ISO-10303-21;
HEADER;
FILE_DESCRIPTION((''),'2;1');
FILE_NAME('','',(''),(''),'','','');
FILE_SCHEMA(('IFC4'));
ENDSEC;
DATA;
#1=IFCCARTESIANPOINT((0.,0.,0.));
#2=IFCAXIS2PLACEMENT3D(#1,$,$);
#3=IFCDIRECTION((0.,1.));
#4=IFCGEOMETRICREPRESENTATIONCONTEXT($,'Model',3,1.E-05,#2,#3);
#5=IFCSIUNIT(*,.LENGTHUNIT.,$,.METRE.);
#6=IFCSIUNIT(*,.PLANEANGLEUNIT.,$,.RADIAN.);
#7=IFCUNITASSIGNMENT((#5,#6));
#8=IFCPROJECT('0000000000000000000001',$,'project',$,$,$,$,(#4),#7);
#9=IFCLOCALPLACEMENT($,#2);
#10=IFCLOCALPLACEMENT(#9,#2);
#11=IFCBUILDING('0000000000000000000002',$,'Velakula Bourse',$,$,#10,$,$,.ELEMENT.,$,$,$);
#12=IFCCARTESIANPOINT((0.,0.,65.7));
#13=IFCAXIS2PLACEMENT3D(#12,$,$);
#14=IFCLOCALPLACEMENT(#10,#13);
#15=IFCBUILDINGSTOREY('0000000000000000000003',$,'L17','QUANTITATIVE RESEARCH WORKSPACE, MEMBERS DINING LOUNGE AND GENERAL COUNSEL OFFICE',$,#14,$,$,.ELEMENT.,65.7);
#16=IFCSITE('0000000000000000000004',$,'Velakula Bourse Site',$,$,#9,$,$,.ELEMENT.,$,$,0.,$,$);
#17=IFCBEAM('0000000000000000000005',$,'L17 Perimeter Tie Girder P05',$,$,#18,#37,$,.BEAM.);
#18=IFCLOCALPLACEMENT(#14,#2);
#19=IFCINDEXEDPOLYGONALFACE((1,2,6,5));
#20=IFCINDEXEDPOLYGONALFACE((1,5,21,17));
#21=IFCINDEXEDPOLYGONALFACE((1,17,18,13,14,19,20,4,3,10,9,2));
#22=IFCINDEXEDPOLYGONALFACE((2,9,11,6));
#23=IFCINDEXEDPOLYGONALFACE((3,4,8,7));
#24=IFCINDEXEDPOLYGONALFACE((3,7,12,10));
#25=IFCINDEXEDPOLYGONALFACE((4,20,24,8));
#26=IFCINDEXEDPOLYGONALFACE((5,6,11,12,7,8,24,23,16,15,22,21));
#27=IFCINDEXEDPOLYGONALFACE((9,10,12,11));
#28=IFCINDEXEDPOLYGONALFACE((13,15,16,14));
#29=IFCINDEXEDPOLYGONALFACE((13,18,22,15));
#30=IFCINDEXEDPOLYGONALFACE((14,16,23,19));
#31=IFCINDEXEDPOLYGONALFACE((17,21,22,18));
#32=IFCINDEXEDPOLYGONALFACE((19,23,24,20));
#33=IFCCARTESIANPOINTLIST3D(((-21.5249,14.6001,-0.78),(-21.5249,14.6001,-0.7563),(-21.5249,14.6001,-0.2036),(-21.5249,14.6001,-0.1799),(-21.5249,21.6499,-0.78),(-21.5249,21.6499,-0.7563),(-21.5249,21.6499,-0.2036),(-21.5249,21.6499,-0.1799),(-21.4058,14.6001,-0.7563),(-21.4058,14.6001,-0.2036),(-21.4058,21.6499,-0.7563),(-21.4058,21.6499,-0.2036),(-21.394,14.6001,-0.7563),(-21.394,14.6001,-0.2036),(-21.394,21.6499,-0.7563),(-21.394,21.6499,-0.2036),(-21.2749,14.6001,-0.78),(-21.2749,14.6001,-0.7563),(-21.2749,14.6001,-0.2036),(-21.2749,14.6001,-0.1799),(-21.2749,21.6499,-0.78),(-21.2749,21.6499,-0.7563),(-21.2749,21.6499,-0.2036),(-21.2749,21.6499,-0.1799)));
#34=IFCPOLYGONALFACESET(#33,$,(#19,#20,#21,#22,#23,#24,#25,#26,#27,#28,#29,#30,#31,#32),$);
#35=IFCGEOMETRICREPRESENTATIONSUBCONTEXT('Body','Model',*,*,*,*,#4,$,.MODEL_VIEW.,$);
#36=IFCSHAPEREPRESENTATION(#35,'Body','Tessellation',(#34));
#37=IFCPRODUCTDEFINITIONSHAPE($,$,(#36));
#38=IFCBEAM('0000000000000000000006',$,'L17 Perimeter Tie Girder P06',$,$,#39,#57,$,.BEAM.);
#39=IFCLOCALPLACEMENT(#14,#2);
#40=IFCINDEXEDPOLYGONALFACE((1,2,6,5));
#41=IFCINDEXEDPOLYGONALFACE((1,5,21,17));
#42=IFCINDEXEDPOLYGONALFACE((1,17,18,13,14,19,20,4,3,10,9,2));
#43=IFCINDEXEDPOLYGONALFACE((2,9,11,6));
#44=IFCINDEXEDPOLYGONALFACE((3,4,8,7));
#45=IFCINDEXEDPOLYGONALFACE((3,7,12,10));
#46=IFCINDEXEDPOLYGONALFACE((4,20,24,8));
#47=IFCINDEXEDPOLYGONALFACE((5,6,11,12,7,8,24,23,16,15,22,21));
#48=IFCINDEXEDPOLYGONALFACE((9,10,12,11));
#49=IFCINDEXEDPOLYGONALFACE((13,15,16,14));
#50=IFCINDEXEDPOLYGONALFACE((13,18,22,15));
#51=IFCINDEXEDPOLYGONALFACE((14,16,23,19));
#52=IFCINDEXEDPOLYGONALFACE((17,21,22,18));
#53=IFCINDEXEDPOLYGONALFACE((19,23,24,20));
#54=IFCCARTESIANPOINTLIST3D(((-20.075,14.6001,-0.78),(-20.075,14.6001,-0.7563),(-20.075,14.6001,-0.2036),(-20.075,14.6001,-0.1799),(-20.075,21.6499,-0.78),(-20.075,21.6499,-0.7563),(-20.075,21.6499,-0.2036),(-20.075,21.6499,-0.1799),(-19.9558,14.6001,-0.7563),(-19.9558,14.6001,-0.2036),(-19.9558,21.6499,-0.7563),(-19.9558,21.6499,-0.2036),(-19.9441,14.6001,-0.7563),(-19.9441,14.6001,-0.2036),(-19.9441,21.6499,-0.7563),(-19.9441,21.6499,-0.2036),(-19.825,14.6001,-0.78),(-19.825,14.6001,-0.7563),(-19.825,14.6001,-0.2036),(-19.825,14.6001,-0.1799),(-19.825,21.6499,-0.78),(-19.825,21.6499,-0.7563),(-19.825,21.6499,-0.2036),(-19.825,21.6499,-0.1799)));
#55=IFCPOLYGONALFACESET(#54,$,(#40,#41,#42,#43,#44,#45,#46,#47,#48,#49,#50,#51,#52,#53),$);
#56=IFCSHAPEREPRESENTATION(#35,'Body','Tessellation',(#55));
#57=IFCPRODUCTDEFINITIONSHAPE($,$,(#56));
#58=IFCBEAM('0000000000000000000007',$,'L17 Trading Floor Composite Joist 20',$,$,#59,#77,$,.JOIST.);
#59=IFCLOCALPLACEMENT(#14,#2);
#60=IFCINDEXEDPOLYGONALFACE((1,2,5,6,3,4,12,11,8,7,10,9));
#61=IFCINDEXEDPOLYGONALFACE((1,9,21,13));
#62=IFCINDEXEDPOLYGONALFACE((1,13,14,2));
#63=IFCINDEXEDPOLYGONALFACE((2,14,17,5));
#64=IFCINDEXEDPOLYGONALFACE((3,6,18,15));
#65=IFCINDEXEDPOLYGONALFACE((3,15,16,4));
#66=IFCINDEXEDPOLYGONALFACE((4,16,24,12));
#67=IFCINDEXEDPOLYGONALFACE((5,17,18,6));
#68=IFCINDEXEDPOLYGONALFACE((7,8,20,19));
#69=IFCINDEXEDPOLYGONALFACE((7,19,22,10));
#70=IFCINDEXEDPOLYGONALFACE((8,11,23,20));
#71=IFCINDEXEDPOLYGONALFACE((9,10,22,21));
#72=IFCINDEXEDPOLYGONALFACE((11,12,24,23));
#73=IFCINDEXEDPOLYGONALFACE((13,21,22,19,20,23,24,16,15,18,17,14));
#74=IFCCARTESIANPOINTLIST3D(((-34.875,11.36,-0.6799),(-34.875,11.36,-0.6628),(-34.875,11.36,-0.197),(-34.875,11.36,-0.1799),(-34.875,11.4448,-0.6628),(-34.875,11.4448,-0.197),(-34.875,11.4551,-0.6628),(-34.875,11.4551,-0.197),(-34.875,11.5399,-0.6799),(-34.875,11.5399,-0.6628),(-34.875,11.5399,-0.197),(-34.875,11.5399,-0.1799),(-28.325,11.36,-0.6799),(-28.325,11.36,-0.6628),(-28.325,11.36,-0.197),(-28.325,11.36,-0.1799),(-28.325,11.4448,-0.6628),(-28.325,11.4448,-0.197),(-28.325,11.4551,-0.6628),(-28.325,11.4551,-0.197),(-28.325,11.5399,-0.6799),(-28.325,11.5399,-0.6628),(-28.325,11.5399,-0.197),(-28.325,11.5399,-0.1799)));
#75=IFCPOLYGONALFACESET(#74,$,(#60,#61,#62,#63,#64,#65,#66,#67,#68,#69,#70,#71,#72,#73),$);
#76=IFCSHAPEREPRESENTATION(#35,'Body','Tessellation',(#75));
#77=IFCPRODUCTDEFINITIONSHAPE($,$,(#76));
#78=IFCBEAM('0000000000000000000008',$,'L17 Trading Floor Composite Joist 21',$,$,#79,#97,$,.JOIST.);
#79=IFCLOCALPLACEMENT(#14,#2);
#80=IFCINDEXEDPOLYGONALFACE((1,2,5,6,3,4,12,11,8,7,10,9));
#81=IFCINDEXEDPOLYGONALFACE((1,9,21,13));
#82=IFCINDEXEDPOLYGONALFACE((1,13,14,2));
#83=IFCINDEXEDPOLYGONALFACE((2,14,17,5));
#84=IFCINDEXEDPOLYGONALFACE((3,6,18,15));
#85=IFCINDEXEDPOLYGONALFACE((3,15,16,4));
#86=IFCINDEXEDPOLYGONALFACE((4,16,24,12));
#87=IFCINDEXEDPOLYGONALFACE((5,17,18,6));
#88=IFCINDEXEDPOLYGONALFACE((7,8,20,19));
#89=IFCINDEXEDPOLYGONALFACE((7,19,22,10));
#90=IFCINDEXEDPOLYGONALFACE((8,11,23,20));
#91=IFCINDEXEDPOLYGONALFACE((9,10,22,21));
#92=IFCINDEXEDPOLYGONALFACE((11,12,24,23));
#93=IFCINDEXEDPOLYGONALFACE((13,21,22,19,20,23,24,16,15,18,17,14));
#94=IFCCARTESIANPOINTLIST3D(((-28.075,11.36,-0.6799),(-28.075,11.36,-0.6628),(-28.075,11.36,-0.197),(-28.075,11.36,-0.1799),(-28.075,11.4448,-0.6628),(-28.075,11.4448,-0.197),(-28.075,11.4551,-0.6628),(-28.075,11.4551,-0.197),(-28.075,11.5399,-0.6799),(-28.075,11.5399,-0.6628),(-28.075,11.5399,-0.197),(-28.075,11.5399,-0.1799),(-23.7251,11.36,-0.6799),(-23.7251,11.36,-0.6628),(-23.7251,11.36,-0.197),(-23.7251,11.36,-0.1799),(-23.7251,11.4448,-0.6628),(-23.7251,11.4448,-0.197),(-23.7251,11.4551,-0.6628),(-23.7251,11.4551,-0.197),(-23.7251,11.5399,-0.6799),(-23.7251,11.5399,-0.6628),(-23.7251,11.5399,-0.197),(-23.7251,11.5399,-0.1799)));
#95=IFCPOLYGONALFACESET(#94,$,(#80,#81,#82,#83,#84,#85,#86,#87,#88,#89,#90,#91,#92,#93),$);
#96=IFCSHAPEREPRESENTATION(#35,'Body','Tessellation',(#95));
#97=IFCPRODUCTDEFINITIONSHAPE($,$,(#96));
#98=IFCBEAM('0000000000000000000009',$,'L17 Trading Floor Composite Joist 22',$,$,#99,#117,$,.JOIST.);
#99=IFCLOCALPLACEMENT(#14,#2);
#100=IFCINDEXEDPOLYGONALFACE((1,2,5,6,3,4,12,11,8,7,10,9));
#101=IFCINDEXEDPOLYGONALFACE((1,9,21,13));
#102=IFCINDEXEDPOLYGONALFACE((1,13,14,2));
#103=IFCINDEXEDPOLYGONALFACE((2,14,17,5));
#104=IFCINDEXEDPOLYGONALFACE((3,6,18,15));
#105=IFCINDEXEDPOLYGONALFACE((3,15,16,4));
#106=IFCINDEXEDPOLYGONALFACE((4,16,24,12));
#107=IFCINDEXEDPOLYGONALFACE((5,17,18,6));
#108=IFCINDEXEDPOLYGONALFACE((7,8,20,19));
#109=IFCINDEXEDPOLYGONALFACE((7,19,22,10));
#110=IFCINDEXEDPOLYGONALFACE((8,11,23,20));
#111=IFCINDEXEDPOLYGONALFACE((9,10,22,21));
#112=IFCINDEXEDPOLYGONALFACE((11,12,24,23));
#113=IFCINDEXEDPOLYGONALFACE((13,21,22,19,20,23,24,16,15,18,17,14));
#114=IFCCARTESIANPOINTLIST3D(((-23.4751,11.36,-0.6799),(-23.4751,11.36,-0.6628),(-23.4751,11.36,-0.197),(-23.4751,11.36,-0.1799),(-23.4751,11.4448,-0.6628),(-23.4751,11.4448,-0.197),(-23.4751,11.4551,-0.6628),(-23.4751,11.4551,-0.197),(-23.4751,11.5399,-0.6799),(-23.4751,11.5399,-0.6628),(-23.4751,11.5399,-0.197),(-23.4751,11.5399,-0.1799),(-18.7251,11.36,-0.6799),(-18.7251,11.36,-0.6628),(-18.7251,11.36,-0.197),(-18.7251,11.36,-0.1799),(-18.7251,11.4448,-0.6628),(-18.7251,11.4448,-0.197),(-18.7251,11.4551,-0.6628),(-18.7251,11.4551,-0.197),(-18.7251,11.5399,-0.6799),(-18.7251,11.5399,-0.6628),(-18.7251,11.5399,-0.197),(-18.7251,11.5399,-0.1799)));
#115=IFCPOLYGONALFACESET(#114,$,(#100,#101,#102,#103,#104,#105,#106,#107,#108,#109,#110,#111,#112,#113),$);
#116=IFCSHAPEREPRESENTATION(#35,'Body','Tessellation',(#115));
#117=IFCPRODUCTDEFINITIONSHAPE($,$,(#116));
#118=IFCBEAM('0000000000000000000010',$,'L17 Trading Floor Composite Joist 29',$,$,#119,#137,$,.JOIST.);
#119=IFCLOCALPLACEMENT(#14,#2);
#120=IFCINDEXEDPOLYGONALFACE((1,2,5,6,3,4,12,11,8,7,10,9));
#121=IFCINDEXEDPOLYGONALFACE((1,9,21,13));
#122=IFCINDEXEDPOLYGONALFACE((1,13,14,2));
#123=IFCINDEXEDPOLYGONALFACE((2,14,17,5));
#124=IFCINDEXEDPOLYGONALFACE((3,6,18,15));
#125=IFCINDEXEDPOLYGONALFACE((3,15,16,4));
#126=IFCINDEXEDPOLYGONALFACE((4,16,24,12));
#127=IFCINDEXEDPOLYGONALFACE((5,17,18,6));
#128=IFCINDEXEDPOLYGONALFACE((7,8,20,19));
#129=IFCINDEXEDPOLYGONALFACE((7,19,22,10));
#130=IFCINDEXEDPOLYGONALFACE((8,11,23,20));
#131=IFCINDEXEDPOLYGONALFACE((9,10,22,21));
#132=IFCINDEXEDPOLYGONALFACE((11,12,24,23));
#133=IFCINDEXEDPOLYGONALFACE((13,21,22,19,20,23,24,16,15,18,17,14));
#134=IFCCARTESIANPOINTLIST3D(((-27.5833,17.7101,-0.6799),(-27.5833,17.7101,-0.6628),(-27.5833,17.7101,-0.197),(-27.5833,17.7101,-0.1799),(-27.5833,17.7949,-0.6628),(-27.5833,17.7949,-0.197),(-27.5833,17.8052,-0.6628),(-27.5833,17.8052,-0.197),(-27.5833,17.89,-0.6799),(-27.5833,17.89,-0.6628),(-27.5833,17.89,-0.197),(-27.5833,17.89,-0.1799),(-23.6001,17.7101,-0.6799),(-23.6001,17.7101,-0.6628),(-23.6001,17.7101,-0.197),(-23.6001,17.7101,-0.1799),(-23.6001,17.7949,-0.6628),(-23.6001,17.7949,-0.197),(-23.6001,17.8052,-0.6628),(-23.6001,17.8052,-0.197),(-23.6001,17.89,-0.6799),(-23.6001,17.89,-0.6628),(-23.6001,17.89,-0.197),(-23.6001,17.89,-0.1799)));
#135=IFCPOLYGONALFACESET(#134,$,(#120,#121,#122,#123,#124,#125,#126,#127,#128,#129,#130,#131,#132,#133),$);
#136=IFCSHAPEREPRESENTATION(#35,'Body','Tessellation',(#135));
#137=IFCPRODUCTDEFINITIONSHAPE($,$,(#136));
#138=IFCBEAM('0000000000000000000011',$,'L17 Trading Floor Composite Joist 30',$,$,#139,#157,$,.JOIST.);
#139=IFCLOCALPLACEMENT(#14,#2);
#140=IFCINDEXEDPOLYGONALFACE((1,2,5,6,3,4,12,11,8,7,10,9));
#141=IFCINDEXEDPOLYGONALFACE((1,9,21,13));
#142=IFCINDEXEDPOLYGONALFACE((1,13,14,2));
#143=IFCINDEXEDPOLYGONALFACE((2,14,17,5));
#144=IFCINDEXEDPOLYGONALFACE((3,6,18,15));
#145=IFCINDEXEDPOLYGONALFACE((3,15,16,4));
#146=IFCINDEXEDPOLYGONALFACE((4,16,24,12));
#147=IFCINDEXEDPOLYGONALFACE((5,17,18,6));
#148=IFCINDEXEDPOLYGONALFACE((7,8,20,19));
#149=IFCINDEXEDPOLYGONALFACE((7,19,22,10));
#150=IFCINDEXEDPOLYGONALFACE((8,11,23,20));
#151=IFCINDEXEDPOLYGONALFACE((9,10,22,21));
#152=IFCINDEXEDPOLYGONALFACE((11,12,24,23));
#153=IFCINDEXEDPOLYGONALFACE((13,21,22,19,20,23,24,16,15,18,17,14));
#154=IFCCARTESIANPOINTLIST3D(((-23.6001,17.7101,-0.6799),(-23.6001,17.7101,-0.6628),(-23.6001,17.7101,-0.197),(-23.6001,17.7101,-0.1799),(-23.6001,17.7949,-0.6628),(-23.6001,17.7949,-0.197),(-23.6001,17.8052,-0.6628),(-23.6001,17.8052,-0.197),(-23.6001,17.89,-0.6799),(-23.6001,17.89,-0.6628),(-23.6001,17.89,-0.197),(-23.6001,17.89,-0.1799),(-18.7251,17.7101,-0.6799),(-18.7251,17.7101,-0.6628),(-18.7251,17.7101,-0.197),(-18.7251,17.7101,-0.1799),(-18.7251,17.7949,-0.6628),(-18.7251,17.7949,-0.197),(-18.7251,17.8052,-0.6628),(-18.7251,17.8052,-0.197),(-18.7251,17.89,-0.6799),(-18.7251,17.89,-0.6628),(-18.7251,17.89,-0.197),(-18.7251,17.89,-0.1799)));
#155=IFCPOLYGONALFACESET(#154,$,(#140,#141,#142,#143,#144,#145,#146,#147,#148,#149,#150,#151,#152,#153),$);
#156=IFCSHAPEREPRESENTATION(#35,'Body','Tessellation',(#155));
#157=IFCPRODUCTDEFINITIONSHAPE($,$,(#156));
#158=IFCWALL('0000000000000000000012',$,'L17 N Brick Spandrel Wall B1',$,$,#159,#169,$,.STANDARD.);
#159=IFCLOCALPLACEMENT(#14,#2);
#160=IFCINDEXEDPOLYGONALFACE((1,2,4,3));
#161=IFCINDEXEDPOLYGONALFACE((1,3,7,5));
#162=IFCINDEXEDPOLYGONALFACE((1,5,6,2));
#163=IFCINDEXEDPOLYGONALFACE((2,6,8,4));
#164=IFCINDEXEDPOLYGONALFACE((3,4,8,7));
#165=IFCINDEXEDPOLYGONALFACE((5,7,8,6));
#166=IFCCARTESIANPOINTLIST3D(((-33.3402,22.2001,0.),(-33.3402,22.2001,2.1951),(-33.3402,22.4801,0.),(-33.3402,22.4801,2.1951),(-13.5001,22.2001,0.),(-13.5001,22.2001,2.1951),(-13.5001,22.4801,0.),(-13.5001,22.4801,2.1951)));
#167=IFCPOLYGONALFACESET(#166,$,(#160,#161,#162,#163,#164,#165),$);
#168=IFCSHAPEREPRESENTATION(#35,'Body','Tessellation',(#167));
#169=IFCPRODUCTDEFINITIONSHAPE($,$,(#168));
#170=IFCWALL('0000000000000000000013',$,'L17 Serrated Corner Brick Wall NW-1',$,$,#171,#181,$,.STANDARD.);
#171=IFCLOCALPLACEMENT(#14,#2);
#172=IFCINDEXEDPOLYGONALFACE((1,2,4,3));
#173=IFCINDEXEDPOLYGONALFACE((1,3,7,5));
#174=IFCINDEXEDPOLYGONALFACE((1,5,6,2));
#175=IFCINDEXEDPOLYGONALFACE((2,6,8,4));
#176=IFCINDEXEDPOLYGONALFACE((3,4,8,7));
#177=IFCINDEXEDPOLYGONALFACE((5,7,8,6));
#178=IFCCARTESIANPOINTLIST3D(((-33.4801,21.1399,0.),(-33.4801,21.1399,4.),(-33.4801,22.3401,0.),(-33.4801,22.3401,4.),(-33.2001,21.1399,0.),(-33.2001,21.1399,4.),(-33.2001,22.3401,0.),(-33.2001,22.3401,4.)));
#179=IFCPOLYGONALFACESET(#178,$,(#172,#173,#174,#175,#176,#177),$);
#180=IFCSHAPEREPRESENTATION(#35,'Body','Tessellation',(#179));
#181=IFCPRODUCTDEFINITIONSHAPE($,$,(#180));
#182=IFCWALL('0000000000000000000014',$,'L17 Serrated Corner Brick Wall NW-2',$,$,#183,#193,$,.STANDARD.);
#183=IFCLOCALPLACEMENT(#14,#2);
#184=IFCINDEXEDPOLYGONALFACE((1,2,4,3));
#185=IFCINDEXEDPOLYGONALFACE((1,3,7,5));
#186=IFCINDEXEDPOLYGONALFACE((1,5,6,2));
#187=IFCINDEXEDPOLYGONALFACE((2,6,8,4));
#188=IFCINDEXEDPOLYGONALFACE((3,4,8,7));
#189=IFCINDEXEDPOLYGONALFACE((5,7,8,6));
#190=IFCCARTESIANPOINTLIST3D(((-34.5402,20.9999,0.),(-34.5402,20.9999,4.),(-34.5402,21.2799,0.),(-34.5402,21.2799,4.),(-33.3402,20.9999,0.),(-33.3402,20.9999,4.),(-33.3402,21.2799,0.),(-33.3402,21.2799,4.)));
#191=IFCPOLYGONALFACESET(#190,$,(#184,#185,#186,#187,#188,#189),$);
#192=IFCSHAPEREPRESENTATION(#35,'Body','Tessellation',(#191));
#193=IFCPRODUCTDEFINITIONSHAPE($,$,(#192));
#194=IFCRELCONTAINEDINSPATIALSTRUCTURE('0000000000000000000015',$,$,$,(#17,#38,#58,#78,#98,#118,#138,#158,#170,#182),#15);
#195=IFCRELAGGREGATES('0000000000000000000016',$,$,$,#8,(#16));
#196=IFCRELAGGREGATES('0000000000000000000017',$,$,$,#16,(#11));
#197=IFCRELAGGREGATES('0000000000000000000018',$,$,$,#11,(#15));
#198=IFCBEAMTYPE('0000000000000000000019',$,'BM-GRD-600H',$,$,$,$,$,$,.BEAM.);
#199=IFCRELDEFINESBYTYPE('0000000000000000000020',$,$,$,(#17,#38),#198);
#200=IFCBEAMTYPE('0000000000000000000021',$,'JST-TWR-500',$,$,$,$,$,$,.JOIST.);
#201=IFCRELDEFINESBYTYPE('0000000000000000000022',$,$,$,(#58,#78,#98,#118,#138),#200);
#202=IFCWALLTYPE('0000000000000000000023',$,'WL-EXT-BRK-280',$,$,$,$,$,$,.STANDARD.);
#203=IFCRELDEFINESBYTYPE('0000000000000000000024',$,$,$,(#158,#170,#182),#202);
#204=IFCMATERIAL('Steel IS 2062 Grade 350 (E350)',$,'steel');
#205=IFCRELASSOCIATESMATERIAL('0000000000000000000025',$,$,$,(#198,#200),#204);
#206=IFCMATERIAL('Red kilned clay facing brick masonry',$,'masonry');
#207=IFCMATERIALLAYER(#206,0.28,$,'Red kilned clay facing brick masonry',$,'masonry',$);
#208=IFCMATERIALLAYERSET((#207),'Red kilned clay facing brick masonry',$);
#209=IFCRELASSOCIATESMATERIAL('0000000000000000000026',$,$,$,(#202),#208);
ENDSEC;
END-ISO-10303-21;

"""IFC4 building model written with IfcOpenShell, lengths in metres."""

from ifc_helpers import new_model, si_unit, direction, frame, frame_2d, origin, origin_2d, place, context, subcontext, project, spatial, rectangle, i_section, extrude, material, layer, layer_set, material_profile, profile_set, type_object, element, save


model = new_model("IFC4")

# Units and contexts
model_context = context("Model", 3, precision=1e-05, world=origin(), true_north=direction((0.0, 1.0)))
body_context = subcontext(model_context, "Body", "Model", "MODEL_VIEW")
ifc_project = project(units=[si_unit("LENGTHUNIT", "METRE"), si_unit("PLANEANGLEUNIT", "RADIAN")], contexts=[model_context])

# Site, building, storey
site_placement = place(None, origin())
site = spatial("IfcSite", under=ifc_project, at=site_placement, Name="Velakula Bourse Site", CompositionType="ELEMENT", RefElevation=0.0)
building_placement = place(site_placement, origin())
building = spatial("IfcBuilding", under=site, at=building_placement, Name="Velakula Bourse", CompositionType="ELEMENT")
storey_placement = place(building_placement, frame((0.0, 0.0, 65.7)))
storey = spatial("IfcBuildingStorey", under=building, at=storey_placement, Name="L17", Description="QUANTITATIVE RESEARCH WORKSPACE, MEMBERS DINING LOUNGE AND GENERAL COUNSEL OFFICE", CompositionType="ELEMENT", Elevation=65.7)

# Beams
ifc_material_1 = material(Name="Steel IS 2062 Grade 350 (E350)", Category="steel")
ifc_material_profile_1 = material_profile(ifc_material_1, i_section(OverallWidth=0.25, OverallDepth=0.6001, WebThickness=0.0117, FlangeThickness=0.0237, at=origin_2d()), Name="Steel IS 2062 Grade 350 (E350)")
ifc_profile_set_1 = profile_set([ifc_material_profile_1], Name="Steel IS 2062 Grade 350 (E350)")
beam_type_1 = type_object("IfcBeamType", Name="BM-GRD-600H", PredefinedType="BEAM", material=ifc_profile_set_1)
for number, where, z_axis, x_axis, name in (
    (1, (-21.3999, 14.6001, -0.48), (0.0, 1.0, 0.0), (-1.0, 0.0, 0.0), "L17 Perimeter Tie Girder P05"),
    (2, (-19.95, 14.6001, -0.48), (0.0, 1.0, 0.0), (-1.0, 0.0, 0.0), "L17 Perimeter Tie Girder P06"),
):
    element("IfcBeam", number, at=place(storey_placement, frame(where, z_axis=z_axis, x_axis=x_axis)), inside=storey, type_object=beam_type_1, Name=name, PredefinedType="BEAM", context=body_context, shape_type="SweptSolid", body=[
        extrude(i_section(OverallWidth=0.25, OverallDepth=0.6001, WebThickness=0.0117, FlangeThickness=0.0237, at=origin_2d()), origin(), (0.0, 0.0, 1.0), 7.0498),
    ])
ifc_material_profile_2 = material_profile(ifc_material_1, i_section(OverallWidth=0.1799, OverallDepth=0.5, WebThickness=0.0103, FlangeThickness=0.0171, at=origin_2d()), Name="Steel IS 2062 Grade 350 (E350)")
ifc_profile_set_2 = profile_set([ifc_material_profile_2], Name="Steel IS 2062 Grade 350 (E350)")
beam_type_2 = type_object("IfcBeamType", Name="JST-TWR-500", PredefinedType="JOIST", material=ifc_profile_set_2)
beam_1_placement = place(storey_placement, frame((-34.875, 11.45, -0.4299), z_axis=(1.0, 0.0, 0.0), x_axis=(0.0, 1.0, 0.0)))
element("IfcBeam", 3, at=beam_1_placement, inside=storey, type_object=beam_type_2, Name="L17 Trading Floor Composite Joist 20", PredefinedType="JOIST", context=body_context, shape_type="SweptSolid", body=[
    extrude(i_section(OverallWidth=0.1799, OverallDepth=0.5, WebThickness=0.0103, FlangeThickness=0.0171, at=origin_2d()), origin(), (0.0, 0.0, 1.0), 6.55),
])
beam_2_placement = place(storey_placement, frame((-28.075, 11.45, -0.4299), z_axis=(1.0, 0.0, 0.0), x_axis=(0.0, 1.0, 0.0)))
element("IfcBeam", 4, at=beam_2_placement, inside=storey, type_object=beam_type_2, Name="L17 Trading Floor Composite Joist 21", PredefinedType="JOIST", context=body_context, shape_type="SweptSolid", body=[
    extrude(i_section(OverallWidth=0.1799, OverallDepth=0.5, WebThickness=0.0103, FlangeThickness=0.0171, at=origin_2d()), origin(), (0.0, 0.0, 1.0), 4.3499),
])
beam_3_placement = place(storey_placement, frame((-23.4751, 11.45, -0.4299), z_axis=(1.0, 0.0, 0.0), x_axis=(0.0, 1.0, 0.0)))
element("IfcBeam", 5, at=beam_3_placement, inside=storey, type_object=beam_type_2, Name="L17 Trading Floor Composite Joist 22", PredefinedType="JOIST", context=body_context, shape_type="SweptSolid", body=[
    extrude(i_section(OverallWidth=0.1799, OverallDepth=0.5, WebThickness=0.0103, FlangeThickness=0.0171, at=origin_2d()), origin(), (0.0, 0.0, 1.0), 4.75),
])
beam_4_placement = place(storey_placement, frame((-27.5833, 17.8, -0.4299), z_axis=(1.0, 0.0, 0.0), x_axis=(0.0, 1.0, 0.0)))
element("IfcBeam", 6, at=beam_4_placement, inside=storey, type_object=beam_type_2, Name="L17 Trading Floor Composite Joist 29", PredefinedType="JOIST", context=body_context, shape_type="SweptSolid", body=[
    extrude(i_section(OverallWidth=0.1799, OverallDepth=0.5, WebThickness=0.0103, FlangeThickness=0.0171, at=origin_2d()), origin(), (0.0, 0.0, 1.0), 3.9832),
])
beam_5_placement = place(storey_placement, frame((-23.6001, 17.8, -0.4299), z_axis=(1.0, 0.0, 0.0), x_axis=(0.0, 1.0, 0.0)))
element("IfcBeam", 7, at=beam_5_placement, inside=storey, type_object=beam_type_2, Name="L17 Trading Floor Composite Joist 30", PredefinedType="JOIST", context=body_context, shape_type="SweptSolid", body=[
    extrude(i_section(OverallWidth=0.1799, OverallDepth=0.5, WebThickness=0.0103, FlangeThickness=0.0171, at=origin_2d()), origin(), (0.0, 0.0, 1.0), 4.875),
])

# Walls
ifc_material_2 = material(Name="Red kilned clay facing brick masonry", Category="masonry")
ifc_layer_1 = layer(ifc_material_2, 0.28, Name="Red kilned clay facing brick masonry", Category="masonry")
ifc_layer_set_1 = layer_set([ifc_layer_1], Name="Red kilned clay facing brick masonry")
wall_type_1 = type_object("IfcWallType", Name="WL-EXT-BRK-280", PredefinedType="STANDARD", material=ifc_layer_set_1)
wall_1_placement = place(storey_placement, frame((-33.3401, 22.3401, 0.0), z_axis=(0.0, 0.0, 1.0), x_axis=(1.0, 0.0, 0.0)))
element("IfcWall", 8, at=wall_1_placement, inside=storey, type_object=wall_type_1, Name="L17 N Brick Spandrel Wall B1", PredefinedType="STANDARD", context=body_context, shape_type="SweptSolid", body=[
    extrude(rectangle(XDim=19.8401, YDim=0.28, at=frame_2d((9.9199, 0.0))), origin(), (0.0, 0.0, 1.0), 2.1951),
])
wall_2_placement = place(storey_placement, frame((-33.3401, 22.3401, 0.0), z_axis=(0.0, 0.0, 1.0), x_axis=(0.0, -1.0, 0.0)))
element("IfcWall", 9, at=wall_2_placement, inside=storey, type_object=wall_type_1, Name="L17 Serrated Corner Brick Wall NW-1", PredefinedType="STANDARD", context=body_context, shape_type="SweptSolid", body=[
    extrude(rectangle(XDim=1.2002, YDim=0.28, at=frame_2d((0.6001, 0.0))), origin(), (0.0, 0.0, 1.0), 4.0),
])
for number, where, z_axis, x_axis, name in (
    (10, (-33.3401, 21.1399, 0.0), (0.0, 0.0, 1.0), (-1.0, 0.0, 0.0), "L17 Serrated Corner Brick Wall NW-2"),
):
    element("IfcWall", number, at=place(storey_placement, frame(where, z_axis=z_axis, x_axis=x_axis)), inside=storey, type_object=wall_type_1, Name=name, PredefinedType="STANDARD", context=body_context, shape_type="SweptSolid", body=[
        extrude(rectangle(XDim=1.2, YDim=0.28, at=frame_2d((0.6001, 0.0))), origin(), (0.0, 0.0, 1.0), 4.0),
    ])

save(model, "model.ifc")
